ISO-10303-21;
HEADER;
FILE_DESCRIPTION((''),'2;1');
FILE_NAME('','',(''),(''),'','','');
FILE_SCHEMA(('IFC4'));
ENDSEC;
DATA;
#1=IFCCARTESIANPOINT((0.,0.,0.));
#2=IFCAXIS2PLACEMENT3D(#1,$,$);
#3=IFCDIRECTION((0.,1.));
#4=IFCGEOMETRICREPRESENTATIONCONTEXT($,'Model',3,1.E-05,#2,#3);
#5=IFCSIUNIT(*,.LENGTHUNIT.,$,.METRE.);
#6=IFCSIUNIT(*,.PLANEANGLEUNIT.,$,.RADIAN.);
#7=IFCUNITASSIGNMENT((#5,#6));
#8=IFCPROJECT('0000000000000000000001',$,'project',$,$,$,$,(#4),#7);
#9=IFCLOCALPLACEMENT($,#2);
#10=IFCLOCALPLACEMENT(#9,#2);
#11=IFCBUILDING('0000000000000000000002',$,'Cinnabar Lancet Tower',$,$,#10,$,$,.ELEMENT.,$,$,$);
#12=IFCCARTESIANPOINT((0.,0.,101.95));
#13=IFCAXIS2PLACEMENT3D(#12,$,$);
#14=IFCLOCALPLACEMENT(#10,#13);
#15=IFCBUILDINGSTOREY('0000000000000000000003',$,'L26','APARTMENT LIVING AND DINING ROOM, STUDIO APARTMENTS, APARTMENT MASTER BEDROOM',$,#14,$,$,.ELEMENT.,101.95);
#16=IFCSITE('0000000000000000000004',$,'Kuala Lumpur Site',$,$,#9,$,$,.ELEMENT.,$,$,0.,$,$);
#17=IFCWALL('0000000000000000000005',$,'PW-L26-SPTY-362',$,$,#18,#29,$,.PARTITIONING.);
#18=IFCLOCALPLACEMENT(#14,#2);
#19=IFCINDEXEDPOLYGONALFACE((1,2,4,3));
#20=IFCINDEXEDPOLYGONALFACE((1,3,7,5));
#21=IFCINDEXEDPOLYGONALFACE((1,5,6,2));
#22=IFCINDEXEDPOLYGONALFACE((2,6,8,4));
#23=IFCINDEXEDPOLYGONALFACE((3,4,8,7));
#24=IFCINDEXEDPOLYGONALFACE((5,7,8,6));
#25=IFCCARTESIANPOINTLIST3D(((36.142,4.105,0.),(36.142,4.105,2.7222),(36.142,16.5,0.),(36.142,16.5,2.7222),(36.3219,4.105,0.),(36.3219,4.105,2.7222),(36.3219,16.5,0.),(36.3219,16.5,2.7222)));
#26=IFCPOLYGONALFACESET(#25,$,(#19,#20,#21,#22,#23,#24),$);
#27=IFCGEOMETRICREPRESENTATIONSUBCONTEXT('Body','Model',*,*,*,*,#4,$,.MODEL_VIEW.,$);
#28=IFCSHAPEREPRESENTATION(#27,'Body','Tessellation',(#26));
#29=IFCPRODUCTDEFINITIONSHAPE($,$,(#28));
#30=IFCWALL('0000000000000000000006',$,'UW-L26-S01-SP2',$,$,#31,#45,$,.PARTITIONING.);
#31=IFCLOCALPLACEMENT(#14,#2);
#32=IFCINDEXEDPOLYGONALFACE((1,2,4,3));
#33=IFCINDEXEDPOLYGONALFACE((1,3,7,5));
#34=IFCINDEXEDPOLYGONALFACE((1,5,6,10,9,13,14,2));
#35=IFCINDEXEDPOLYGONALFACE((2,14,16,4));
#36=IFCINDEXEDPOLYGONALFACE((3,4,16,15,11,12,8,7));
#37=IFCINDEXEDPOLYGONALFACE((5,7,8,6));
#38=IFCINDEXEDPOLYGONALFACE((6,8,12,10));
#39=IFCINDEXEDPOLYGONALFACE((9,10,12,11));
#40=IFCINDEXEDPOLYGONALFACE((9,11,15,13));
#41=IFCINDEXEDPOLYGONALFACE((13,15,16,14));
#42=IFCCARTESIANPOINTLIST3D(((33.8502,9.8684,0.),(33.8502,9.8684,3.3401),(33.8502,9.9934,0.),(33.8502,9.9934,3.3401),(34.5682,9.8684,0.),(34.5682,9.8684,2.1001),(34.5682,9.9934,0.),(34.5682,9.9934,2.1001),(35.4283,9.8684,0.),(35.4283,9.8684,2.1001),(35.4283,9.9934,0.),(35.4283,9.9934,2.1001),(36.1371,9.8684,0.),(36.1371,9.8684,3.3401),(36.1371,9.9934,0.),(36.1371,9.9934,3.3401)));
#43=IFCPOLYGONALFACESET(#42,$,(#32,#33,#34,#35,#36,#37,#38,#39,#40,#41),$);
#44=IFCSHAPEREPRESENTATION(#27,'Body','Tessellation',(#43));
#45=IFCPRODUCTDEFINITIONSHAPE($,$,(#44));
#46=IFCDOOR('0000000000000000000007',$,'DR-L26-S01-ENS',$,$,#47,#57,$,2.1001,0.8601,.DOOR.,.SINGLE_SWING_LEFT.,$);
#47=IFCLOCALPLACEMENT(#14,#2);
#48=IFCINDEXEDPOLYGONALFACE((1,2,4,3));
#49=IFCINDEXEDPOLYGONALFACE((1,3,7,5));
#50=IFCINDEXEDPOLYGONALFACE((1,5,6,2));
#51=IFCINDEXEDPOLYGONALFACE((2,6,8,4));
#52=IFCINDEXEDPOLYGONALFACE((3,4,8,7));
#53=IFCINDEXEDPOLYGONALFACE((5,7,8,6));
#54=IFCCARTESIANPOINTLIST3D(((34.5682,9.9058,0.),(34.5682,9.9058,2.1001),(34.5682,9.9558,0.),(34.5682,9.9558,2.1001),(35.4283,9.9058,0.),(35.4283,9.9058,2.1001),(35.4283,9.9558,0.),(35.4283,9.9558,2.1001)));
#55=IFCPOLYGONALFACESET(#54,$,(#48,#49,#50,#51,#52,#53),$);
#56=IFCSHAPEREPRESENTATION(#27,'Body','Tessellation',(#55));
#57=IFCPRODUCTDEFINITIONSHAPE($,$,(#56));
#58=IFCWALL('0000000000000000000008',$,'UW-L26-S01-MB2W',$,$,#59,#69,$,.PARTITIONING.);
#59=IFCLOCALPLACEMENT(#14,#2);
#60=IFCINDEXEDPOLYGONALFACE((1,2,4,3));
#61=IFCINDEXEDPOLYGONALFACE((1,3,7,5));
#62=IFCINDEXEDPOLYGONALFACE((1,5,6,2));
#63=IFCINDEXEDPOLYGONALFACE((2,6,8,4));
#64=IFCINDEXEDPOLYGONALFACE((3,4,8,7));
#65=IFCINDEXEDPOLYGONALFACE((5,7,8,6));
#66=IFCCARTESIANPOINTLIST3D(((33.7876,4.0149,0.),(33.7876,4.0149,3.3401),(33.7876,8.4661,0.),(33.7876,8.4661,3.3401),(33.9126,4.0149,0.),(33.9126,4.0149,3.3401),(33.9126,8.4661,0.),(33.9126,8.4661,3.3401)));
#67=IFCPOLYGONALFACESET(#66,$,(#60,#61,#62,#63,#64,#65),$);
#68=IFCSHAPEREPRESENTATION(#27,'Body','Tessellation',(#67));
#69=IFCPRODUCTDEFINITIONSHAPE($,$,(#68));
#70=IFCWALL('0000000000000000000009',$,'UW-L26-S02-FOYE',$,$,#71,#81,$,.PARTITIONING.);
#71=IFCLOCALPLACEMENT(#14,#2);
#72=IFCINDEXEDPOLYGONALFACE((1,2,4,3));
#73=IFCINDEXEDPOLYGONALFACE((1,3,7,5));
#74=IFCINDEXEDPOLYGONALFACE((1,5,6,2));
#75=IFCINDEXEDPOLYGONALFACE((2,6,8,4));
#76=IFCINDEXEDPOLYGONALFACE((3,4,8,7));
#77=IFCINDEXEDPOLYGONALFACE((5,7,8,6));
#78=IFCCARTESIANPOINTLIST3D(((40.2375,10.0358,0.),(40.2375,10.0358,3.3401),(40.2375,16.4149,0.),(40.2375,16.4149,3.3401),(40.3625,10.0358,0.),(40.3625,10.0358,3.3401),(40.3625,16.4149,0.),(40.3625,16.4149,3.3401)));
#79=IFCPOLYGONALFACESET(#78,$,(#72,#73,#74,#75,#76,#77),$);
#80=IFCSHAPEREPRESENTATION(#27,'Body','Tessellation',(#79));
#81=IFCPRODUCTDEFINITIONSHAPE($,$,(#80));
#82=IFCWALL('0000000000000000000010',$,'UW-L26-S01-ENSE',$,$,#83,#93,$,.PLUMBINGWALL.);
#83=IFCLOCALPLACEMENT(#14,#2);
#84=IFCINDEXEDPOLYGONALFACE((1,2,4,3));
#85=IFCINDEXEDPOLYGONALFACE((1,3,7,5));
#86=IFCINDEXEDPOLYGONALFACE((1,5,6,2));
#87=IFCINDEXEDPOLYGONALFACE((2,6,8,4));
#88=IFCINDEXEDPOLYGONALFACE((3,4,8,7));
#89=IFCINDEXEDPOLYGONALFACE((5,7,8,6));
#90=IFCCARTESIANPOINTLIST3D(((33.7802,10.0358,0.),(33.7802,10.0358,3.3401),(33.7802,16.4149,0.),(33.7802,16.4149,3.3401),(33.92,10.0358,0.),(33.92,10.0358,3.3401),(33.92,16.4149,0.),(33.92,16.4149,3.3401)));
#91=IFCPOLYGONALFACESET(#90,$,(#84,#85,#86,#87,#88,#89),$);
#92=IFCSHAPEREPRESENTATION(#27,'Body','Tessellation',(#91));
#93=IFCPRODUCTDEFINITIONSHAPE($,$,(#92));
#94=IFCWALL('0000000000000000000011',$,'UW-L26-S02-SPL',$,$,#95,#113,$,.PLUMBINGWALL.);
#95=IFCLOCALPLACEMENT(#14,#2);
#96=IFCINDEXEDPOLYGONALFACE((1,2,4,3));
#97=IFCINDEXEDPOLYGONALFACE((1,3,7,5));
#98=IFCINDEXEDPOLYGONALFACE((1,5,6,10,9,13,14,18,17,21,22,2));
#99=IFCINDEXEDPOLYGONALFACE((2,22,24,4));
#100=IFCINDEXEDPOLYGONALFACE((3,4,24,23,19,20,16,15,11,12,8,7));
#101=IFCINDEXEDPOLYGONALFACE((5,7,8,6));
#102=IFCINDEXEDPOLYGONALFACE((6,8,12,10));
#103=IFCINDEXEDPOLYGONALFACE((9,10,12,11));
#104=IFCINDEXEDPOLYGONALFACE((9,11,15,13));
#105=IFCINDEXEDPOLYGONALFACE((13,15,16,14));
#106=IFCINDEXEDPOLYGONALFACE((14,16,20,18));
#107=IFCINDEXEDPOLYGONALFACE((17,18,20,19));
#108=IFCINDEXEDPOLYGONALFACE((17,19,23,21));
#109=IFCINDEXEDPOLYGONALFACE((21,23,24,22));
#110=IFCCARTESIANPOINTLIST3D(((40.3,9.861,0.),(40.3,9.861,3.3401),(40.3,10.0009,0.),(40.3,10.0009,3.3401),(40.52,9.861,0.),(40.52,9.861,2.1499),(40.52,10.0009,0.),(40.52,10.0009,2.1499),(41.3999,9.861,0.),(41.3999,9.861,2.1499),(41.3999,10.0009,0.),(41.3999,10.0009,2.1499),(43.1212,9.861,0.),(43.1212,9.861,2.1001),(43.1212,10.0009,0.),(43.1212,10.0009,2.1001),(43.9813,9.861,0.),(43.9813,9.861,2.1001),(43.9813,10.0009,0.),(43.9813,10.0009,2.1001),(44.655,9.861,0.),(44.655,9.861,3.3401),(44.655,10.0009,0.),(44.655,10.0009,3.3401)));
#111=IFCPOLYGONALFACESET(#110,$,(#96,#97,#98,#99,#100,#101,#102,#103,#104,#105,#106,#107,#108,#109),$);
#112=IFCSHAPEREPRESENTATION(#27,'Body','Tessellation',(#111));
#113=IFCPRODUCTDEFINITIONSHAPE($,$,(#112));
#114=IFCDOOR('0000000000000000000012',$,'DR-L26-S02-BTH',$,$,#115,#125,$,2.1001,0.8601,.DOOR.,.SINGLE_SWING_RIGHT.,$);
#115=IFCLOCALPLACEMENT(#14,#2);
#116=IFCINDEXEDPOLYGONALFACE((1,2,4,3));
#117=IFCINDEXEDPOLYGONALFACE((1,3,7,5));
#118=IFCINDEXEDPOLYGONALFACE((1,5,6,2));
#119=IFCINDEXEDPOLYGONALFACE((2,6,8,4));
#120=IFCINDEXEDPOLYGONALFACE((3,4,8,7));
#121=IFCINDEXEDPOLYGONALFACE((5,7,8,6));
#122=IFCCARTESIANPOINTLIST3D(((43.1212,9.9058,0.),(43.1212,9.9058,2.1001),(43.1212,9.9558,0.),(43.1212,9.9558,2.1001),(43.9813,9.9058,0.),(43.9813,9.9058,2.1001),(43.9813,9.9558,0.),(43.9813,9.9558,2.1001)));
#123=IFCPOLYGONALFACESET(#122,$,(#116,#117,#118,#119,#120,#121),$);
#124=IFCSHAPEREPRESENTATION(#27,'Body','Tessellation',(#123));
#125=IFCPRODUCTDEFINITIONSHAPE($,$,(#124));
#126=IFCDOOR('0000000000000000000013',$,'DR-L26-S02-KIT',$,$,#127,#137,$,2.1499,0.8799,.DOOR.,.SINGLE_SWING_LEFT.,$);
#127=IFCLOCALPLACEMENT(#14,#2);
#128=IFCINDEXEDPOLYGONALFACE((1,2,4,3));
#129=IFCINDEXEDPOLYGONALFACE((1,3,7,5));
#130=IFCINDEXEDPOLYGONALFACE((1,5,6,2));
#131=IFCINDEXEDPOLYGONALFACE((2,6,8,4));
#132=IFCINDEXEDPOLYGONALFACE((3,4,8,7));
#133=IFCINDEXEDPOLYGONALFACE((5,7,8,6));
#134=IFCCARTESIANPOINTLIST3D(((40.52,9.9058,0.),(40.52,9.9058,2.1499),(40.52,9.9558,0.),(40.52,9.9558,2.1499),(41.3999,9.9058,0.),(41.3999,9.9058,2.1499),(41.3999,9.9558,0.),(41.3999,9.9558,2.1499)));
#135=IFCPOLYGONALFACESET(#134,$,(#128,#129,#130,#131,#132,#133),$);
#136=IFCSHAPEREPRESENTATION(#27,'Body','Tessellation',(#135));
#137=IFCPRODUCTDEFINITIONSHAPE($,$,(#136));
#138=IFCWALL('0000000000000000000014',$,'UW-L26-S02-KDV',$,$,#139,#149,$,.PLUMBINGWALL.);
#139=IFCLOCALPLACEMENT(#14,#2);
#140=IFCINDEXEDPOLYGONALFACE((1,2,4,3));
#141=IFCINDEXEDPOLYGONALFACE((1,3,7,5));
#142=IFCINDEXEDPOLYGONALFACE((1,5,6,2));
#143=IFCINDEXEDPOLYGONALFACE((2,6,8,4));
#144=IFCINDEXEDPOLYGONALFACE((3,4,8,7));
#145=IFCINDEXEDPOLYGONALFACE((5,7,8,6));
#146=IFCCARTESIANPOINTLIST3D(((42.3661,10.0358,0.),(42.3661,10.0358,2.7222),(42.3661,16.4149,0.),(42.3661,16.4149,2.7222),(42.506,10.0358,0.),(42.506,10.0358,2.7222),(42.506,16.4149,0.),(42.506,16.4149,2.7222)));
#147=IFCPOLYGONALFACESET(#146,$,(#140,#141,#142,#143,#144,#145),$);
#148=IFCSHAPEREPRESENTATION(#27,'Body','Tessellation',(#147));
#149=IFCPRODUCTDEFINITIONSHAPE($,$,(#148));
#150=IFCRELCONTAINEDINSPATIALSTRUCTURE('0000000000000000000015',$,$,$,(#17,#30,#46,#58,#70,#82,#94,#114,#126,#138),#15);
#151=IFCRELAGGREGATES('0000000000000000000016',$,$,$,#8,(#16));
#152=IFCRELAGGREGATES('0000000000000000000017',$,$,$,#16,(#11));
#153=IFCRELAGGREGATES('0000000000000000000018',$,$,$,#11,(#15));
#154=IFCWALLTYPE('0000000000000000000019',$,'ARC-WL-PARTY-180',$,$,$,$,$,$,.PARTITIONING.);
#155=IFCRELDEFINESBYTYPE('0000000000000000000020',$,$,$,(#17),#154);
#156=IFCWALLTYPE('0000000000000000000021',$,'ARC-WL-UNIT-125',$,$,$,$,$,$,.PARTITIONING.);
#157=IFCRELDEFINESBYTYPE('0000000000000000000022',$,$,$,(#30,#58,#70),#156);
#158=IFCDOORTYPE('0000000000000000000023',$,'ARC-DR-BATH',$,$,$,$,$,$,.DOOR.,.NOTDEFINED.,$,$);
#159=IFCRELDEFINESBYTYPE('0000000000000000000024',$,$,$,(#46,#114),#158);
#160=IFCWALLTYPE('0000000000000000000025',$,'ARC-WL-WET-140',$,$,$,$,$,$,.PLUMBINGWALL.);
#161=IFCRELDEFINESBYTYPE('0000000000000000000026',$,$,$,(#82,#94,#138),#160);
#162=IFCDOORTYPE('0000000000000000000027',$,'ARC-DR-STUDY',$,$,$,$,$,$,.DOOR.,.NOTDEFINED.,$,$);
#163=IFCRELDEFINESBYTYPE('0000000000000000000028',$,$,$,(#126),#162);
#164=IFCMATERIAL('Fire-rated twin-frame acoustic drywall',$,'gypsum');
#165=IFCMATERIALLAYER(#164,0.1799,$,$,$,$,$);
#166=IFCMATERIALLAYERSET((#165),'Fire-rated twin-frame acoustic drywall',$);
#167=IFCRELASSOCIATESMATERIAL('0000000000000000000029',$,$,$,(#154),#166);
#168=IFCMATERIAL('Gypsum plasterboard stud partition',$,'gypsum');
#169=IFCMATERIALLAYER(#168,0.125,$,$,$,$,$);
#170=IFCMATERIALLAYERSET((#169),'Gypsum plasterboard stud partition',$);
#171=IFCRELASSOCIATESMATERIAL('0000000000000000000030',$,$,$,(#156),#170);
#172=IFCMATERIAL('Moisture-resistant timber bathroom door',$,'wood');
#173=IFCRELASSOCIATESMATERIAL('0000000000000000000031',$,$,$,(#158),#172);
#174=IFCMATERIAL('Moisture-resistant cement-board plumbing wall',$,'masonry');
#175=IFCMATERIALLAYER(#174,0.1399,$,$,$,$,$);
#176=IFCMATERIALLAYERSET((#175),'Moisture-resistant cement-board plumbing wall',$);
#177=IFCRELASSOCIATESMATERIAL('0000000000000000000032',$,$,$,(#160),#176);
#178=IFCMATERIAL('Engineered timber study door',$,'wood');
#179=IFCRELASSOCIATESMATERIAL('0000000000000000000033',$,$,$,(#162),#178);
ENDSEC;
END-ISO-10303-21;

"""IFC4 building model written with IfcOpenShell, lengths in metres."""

from ifc_helpers import new_model, si_unit, direction, frame, frame_2d, origin, place, context, subcontext, project, spatial, rectangle, extrude, material, layer, layer_set, type_object, element, fill, save


model = new_model("IFC4")

# Units and contexts
model_context = context("Model", 3, precision=1e-05, world=origin(), true_north=direction((0.0, 1.0)))
body_context = subcontext(model_context, "Body", "Model", "MODEL_VIEW")
ifc_project = project(units=[si_unit("LENGTHUNIT", "METRE"), si_unit("PLANEANGLEUNIT", "RADIAN")], contexts=[model_context])

# Site, building, storey
site_placement = place(None, origin())
site = spatial("IfcSite", under=ifc_project, at=site_placement, Name="Kuala Lumpur Site", CompositionType="ELEMENT", RefElevation=0.0)
building_placement = place(site_placement, origin())
building = spatial("IfcBuilding", under=site, at=building_placement, Name="Cinnabar Lancet Tower", CompositionType="ELEMENT")
storey_placement = place(building_placement, frame((0.0, 0.0, 101.95)))
storey = spatial("IfcBuildingStorey", under=building, at=storey_placement, Name="L26", Description="APARTMENT LIVING AND DINING ROOM, STUDIO APARTMENTS, APARTMENT MASTER BEDROOM", CompositionType="ELEMENT", Elevation=101.95)

# Wall
ifc_material_1 = material(Name="Fire-rated twin-frame acoustic drywall", Category="gypsum")
ifc_layer_1 = layer(ifc_material_1, 0.1799)
ifc_layer_set_1 = layer_set([ifc_layer_1], Name="Fire-rated twin-frame acoustic drywall")
wall_type_1 = type_object("IfcWallType", Name="ARC-WL-PARTY-180", PredefinedType="PARTITIONING", material=ifc_layer_set_1)
wall_1_placement = place(storey_placement, frame((36.2319, 4.105, 0.0), z_axis=(0.0, 0.0, 1.0), x_axis=(0.0, 1.0, 0.0)))
element("IfcWall", 1, at=wall_1_placement, inside=storey, type_object=wall_type_1, Name="PW-L26-SPTY-362", PredefinedType="PARTITIONING", context=body_context, shape_type="SweptSolid", body=[
    extrude(rectangle(XDim=12.395, YDim=0.1799, at=frame_2d((6.1975, 0.0))), origin(), (0.0, 0.0, 1.0), 2.7222),
])

# Wall, opening, door
ifc_material_2 = material(Name="Gypsum plasterboard stud partition", Category="gypsum")
ifc_layer_2 = layer(ifc_material_2, 0.125)
ifc_layer_set_2 = layer_set([ifc_layer_2], Name="Gypsum plasterboard stud partition")
wall_type_2 = type_object("IfcWallType", Name="ARC-WL-UNIT-125", PredefinedType="PARTITIONING", material=ifc_layer_set_2)
wall_2_placement = place(storey_placement, frame((33.8501, 9.9309, 0.0), z_axis=(0.0, 0.0, 1.0), x_axis=(1.0, 0.0, 0.0)))
wall_2 = element("IfcWall", 2, at=wall_2_placement, inside=storey, type_object=wall_type_2, Name="UW-L26-S01-SP2", PredefinedType="PARTITIONING", context=body_context, shape_type="SweptSolid", body=[
    extrude(rectangle(XDim=2.2869, YDim=0.125, at=frame_2d((1.1436, 0.0))), origin(), (0.0, 0.0, 1.0), 3.3401),
])
opening_1_placement = place(wall_2_placement, frame((0.718, 0.0, 0.0)))
opening_1 = element("IfcOpeningElement", 3, at=opening_1_placement, cuts=wall_2, PredefinedType="OPENING", context=body_context, shape_type="SweptSolid", body=[
    extrude(rectangle(XDim=0.8601, YDim=2.1001, at=frame_2d((0.4302, 1.05))), frame((0.0, 0.0725, 0.0), z_axis=(0.0, -1.0, 0.0), x_axis=(1.0, 0.0, 0.0)), (0.0, 0.0, 1.0), 0.145),
])
ifc_material_3 = material(Name="Moisture-resistant timber bathroom door", Category="wood")
door_type_1 = type_object("IfcDoorType", Name="ARC-DR-BATH", OperationType="NOTDEFINED", PredefinedType="DOOR", material=ifc_material_3)
door_1_placement = place(opening_1_placement, origin())
door_1 = element("IfcDoor", 4, at=door_1_placement, inside=storey, type_object=door_type_1, Name="DR-L26-S01-ENS", OperationType="SINGLE_SWING_LEFT", OverallHeight=2.1001, OverallWidth=0.8601, PredefinedType="DOOR", context=body_context, shape_type="SweptSolid", body=[
    extrude(rectangle(XDim=0.8601, YDim=2.1001, at=frame_2d((0.4302, 1.05))), frame((0.0, 0.0249, 0.0), z_axis=(0.0, -1.0, 0.0), x_axis=(1.0, 0.0, 0.0)), (0.0, 0.0, 1.0), 0.05),
])
fill(opening_1, door_1)

# Walls
wall_3_placement = place(storey_placement, frame((33.8501, 4.0149, 0.0), z_axis=(0.0, 0.0, 1.0), x_axis=(0.0, 1.0, 0.0)))
element("IfcWall", 5, at=wall_3_placement, inside=storey, type_object=wall_type_2, Name="UW-L26-S01-MB2W", PredefinedType="PARTITIONING", context=body_context, shape_type="SweptSolid", body=[
    extrude(rectangle(XDim=4.4512, YDim=0.125, at=frame_2d((2.2256, 0.0))), origin(), (0.0, 0.0, 1.0), 3.3401),
])
wall_4_placement = place(storey_placement, frame((40.3, 10.0359, 0.0), z_axis=(0.0, 0.0, 1.0), x_axis=(0.0, 1.0, 0.0)))
element("IfcWall", 6, at=wall_4_placement, inside=storey, type_object=wall_type_2, Name="UW-L26-S02-FOYE", PredefinedType="PARTITIONING", context=body_context, shape_type="SweptSolid", body=[
    extrude(rectangle(XDim=6.3792, YDim=0.125, at=frame_2d((3.1895, 0.0))), origin(), (0.0, 0.0, 1.0), 3.3401),
])
ifc_material_4 = material(Name="Moisture-resistant cement-board plumbing wall", Category="masonry")
ifc_layer_3 = layer(ifc_material_4, 0.1399)
ifc_layer_set_3 = layer_set([ifc_layer_3], Name="Moisture-resistant cement-board plumbing wall")
wall_type_3 = type_object("IfcWallType", Name="ARC-WL-WET-140", PredefinedType="PLUMBINGWALL", material=ifc_layer_set_3)
wall_5_placement = place(storey_placement, frame((33.8501, 10.0359, 0.0), z_axis=(0.0, 0.0, 1.0), x_axis=(0.0, 1.0, 0.0)))
element("IfcWall", 7, at=wall_5_placement, inside=storey, type_object=wall_type_3, Name="UW-L26-S01-ENSE", PredefinedType="PLUMBINGWALL", context=body_context, shape_type="SweptSolid", body=[
    extrude(rectangle(XDim=6.3792, YDim=0.1399, at=frame_2d((3.1895, 0.0))), origin(), (0.0, 0.0, 1.0), 3.3401),
])

# Wall, openings, doors
wall_6_placement = place(storey_placement, frame((40.3, 9.9309, 0.0), z_axis=(0.0, 0.0, 1.0), x_axis=(1.0, 0.0, 0.0)))
wall_6 = element("IfcWall", 8, at=wall_6_placement, inside=storey, type_object=wall_type_3, Name="UW-L26-S02-SPL", PredefinedType="PLUMBINGWALL", context=body_context, shape_type="SweptSolid", body=[
    extrude(rectangle(XDim=4.355, YDim=0.1399, at=frame_2d((2.1775, 0.0))), origin(), (0.0, 0.0, 1.0), 3.3401),
])
opening_2_placement = place(wall_6_placement, frame((2.821, 0.0, 0.0)))
opening_2 = element("IfcOpeningElement", 9, at=opening_2_placement, cuts=wall_6, PredefinedType="OPENING", context=body_context, shape_type="SweptSolid", body=[
    extrude(rectangle(XDim=0.8601, YDim=2.1001, at=frame_2d((0.4302, 1.05))), frame((0.0, 0.0798, 0.0), z_axis=(0.0, -1.0, 0.0), x_axis=(1.0, 0.0, 0.0)), (0.0, 0.0, 1.0), 0.1599),
])
opening_3_placement = place(wall_6_placement, frame((0.22, 0.0, 0.0)))
opening_3 = element("IfcOpeningElement", 10, at=opening_3_placement, cuts=wall_6, PredefinedType="OPENING", context=body_context, shape_type="SweptSolid", body=[
    extrude(rectangle(XDim=0.8799, YDim=2.1499, at=frame_2d((0.4399, 1.075))), frame((0.0, 0.0798, 0.0), z_axis=(0.0, -1.0, 0.0), x_axis=(1.0, 0.0, 0.0)), (0.0, 0.0, 1.0), 0.1599),
])
door_2_placement = place(opening_2_placement, origin())
door_2 = element("IfcDoor", 11, at=door_2_placement, inside=storey, type_object=door_type_1, Name="DR-L26-S02-BTH", OperationType="SINGLE_SWING_RIGHT", OverallHeight=2.1001, OverallWidth=0.8601, PredefinedType="DOOR", context=body_context, shape_type="SweptSolid", body=[
    extrude(rectangle(XDim=0.8601, YDim=2.1001, at=frame_2d((0.4302, 1.05))), frame((0.0, 0.0249, 0.0), z_axis=(0.0, -1.0, 0.0), x_axis=(1.0, 0.0, 0.0)), (0.0, 0.0, 1.0), 0.05),
])
fill(opening_2, door_2)
ifc_material_5 = material(Name="Engineered timber study door", Category="wood")
door_type_2 = type_object("IfcDoorType", Name="ARC-DR-STUDY", OperationType="NOTDEFINED", PredefinedType="DOOR", material=ifc_material_5)
door_3_placement = place(opening_3_placement, origin())
door_3 = element("IfcDoor", 12, at=door_3_placement, inside=storey, type_object=door_type_2, Name="DR-L26-S02-KIT", OperationType="SINGLE_SWING_LEFT", OverallHeight=2.1499, OverallWidth=0.8799, PredefinedType="DOOR", context=body_context, shape_type="SweptSolid", body=[
    extrude(rectangle(XDim=0.8799, YDim=2.1499, at=frame_2d((0.4399, 1.075))), frame((0.0, 0.0249, 0.0), z_axis=(0.0, -1.0, 0.0), x_axis=(1.0, 0.0, 0.0)), (0.0, 0.0, 1.0), 0.05),
])
fill(opening_3, door_3)

# Wall
wall_7_placement = place(storey_placement, frame((42.436, 10.0359, 0.0), z_axis=(0.0, 0.0, 1.0), x_axis=(0.0, 1.0, 0.0)))
element("IfcWall", 13, at=wall_7_placement, inside=storey, type_object=wall_type_3, Name="UW-L26-S02-KDV", PredefinedType="PLUMBINGWALL", context=body_context, shape_type="SweptSolid", body=[
    extrude(rectangle(XDim=6.3792, YDim=0.1399, at=frame_2d((3.1895, 0.0))), origin(), (0.0, 0.0, 1.0), 2.7222),
])

save(model, "model.ifc")
